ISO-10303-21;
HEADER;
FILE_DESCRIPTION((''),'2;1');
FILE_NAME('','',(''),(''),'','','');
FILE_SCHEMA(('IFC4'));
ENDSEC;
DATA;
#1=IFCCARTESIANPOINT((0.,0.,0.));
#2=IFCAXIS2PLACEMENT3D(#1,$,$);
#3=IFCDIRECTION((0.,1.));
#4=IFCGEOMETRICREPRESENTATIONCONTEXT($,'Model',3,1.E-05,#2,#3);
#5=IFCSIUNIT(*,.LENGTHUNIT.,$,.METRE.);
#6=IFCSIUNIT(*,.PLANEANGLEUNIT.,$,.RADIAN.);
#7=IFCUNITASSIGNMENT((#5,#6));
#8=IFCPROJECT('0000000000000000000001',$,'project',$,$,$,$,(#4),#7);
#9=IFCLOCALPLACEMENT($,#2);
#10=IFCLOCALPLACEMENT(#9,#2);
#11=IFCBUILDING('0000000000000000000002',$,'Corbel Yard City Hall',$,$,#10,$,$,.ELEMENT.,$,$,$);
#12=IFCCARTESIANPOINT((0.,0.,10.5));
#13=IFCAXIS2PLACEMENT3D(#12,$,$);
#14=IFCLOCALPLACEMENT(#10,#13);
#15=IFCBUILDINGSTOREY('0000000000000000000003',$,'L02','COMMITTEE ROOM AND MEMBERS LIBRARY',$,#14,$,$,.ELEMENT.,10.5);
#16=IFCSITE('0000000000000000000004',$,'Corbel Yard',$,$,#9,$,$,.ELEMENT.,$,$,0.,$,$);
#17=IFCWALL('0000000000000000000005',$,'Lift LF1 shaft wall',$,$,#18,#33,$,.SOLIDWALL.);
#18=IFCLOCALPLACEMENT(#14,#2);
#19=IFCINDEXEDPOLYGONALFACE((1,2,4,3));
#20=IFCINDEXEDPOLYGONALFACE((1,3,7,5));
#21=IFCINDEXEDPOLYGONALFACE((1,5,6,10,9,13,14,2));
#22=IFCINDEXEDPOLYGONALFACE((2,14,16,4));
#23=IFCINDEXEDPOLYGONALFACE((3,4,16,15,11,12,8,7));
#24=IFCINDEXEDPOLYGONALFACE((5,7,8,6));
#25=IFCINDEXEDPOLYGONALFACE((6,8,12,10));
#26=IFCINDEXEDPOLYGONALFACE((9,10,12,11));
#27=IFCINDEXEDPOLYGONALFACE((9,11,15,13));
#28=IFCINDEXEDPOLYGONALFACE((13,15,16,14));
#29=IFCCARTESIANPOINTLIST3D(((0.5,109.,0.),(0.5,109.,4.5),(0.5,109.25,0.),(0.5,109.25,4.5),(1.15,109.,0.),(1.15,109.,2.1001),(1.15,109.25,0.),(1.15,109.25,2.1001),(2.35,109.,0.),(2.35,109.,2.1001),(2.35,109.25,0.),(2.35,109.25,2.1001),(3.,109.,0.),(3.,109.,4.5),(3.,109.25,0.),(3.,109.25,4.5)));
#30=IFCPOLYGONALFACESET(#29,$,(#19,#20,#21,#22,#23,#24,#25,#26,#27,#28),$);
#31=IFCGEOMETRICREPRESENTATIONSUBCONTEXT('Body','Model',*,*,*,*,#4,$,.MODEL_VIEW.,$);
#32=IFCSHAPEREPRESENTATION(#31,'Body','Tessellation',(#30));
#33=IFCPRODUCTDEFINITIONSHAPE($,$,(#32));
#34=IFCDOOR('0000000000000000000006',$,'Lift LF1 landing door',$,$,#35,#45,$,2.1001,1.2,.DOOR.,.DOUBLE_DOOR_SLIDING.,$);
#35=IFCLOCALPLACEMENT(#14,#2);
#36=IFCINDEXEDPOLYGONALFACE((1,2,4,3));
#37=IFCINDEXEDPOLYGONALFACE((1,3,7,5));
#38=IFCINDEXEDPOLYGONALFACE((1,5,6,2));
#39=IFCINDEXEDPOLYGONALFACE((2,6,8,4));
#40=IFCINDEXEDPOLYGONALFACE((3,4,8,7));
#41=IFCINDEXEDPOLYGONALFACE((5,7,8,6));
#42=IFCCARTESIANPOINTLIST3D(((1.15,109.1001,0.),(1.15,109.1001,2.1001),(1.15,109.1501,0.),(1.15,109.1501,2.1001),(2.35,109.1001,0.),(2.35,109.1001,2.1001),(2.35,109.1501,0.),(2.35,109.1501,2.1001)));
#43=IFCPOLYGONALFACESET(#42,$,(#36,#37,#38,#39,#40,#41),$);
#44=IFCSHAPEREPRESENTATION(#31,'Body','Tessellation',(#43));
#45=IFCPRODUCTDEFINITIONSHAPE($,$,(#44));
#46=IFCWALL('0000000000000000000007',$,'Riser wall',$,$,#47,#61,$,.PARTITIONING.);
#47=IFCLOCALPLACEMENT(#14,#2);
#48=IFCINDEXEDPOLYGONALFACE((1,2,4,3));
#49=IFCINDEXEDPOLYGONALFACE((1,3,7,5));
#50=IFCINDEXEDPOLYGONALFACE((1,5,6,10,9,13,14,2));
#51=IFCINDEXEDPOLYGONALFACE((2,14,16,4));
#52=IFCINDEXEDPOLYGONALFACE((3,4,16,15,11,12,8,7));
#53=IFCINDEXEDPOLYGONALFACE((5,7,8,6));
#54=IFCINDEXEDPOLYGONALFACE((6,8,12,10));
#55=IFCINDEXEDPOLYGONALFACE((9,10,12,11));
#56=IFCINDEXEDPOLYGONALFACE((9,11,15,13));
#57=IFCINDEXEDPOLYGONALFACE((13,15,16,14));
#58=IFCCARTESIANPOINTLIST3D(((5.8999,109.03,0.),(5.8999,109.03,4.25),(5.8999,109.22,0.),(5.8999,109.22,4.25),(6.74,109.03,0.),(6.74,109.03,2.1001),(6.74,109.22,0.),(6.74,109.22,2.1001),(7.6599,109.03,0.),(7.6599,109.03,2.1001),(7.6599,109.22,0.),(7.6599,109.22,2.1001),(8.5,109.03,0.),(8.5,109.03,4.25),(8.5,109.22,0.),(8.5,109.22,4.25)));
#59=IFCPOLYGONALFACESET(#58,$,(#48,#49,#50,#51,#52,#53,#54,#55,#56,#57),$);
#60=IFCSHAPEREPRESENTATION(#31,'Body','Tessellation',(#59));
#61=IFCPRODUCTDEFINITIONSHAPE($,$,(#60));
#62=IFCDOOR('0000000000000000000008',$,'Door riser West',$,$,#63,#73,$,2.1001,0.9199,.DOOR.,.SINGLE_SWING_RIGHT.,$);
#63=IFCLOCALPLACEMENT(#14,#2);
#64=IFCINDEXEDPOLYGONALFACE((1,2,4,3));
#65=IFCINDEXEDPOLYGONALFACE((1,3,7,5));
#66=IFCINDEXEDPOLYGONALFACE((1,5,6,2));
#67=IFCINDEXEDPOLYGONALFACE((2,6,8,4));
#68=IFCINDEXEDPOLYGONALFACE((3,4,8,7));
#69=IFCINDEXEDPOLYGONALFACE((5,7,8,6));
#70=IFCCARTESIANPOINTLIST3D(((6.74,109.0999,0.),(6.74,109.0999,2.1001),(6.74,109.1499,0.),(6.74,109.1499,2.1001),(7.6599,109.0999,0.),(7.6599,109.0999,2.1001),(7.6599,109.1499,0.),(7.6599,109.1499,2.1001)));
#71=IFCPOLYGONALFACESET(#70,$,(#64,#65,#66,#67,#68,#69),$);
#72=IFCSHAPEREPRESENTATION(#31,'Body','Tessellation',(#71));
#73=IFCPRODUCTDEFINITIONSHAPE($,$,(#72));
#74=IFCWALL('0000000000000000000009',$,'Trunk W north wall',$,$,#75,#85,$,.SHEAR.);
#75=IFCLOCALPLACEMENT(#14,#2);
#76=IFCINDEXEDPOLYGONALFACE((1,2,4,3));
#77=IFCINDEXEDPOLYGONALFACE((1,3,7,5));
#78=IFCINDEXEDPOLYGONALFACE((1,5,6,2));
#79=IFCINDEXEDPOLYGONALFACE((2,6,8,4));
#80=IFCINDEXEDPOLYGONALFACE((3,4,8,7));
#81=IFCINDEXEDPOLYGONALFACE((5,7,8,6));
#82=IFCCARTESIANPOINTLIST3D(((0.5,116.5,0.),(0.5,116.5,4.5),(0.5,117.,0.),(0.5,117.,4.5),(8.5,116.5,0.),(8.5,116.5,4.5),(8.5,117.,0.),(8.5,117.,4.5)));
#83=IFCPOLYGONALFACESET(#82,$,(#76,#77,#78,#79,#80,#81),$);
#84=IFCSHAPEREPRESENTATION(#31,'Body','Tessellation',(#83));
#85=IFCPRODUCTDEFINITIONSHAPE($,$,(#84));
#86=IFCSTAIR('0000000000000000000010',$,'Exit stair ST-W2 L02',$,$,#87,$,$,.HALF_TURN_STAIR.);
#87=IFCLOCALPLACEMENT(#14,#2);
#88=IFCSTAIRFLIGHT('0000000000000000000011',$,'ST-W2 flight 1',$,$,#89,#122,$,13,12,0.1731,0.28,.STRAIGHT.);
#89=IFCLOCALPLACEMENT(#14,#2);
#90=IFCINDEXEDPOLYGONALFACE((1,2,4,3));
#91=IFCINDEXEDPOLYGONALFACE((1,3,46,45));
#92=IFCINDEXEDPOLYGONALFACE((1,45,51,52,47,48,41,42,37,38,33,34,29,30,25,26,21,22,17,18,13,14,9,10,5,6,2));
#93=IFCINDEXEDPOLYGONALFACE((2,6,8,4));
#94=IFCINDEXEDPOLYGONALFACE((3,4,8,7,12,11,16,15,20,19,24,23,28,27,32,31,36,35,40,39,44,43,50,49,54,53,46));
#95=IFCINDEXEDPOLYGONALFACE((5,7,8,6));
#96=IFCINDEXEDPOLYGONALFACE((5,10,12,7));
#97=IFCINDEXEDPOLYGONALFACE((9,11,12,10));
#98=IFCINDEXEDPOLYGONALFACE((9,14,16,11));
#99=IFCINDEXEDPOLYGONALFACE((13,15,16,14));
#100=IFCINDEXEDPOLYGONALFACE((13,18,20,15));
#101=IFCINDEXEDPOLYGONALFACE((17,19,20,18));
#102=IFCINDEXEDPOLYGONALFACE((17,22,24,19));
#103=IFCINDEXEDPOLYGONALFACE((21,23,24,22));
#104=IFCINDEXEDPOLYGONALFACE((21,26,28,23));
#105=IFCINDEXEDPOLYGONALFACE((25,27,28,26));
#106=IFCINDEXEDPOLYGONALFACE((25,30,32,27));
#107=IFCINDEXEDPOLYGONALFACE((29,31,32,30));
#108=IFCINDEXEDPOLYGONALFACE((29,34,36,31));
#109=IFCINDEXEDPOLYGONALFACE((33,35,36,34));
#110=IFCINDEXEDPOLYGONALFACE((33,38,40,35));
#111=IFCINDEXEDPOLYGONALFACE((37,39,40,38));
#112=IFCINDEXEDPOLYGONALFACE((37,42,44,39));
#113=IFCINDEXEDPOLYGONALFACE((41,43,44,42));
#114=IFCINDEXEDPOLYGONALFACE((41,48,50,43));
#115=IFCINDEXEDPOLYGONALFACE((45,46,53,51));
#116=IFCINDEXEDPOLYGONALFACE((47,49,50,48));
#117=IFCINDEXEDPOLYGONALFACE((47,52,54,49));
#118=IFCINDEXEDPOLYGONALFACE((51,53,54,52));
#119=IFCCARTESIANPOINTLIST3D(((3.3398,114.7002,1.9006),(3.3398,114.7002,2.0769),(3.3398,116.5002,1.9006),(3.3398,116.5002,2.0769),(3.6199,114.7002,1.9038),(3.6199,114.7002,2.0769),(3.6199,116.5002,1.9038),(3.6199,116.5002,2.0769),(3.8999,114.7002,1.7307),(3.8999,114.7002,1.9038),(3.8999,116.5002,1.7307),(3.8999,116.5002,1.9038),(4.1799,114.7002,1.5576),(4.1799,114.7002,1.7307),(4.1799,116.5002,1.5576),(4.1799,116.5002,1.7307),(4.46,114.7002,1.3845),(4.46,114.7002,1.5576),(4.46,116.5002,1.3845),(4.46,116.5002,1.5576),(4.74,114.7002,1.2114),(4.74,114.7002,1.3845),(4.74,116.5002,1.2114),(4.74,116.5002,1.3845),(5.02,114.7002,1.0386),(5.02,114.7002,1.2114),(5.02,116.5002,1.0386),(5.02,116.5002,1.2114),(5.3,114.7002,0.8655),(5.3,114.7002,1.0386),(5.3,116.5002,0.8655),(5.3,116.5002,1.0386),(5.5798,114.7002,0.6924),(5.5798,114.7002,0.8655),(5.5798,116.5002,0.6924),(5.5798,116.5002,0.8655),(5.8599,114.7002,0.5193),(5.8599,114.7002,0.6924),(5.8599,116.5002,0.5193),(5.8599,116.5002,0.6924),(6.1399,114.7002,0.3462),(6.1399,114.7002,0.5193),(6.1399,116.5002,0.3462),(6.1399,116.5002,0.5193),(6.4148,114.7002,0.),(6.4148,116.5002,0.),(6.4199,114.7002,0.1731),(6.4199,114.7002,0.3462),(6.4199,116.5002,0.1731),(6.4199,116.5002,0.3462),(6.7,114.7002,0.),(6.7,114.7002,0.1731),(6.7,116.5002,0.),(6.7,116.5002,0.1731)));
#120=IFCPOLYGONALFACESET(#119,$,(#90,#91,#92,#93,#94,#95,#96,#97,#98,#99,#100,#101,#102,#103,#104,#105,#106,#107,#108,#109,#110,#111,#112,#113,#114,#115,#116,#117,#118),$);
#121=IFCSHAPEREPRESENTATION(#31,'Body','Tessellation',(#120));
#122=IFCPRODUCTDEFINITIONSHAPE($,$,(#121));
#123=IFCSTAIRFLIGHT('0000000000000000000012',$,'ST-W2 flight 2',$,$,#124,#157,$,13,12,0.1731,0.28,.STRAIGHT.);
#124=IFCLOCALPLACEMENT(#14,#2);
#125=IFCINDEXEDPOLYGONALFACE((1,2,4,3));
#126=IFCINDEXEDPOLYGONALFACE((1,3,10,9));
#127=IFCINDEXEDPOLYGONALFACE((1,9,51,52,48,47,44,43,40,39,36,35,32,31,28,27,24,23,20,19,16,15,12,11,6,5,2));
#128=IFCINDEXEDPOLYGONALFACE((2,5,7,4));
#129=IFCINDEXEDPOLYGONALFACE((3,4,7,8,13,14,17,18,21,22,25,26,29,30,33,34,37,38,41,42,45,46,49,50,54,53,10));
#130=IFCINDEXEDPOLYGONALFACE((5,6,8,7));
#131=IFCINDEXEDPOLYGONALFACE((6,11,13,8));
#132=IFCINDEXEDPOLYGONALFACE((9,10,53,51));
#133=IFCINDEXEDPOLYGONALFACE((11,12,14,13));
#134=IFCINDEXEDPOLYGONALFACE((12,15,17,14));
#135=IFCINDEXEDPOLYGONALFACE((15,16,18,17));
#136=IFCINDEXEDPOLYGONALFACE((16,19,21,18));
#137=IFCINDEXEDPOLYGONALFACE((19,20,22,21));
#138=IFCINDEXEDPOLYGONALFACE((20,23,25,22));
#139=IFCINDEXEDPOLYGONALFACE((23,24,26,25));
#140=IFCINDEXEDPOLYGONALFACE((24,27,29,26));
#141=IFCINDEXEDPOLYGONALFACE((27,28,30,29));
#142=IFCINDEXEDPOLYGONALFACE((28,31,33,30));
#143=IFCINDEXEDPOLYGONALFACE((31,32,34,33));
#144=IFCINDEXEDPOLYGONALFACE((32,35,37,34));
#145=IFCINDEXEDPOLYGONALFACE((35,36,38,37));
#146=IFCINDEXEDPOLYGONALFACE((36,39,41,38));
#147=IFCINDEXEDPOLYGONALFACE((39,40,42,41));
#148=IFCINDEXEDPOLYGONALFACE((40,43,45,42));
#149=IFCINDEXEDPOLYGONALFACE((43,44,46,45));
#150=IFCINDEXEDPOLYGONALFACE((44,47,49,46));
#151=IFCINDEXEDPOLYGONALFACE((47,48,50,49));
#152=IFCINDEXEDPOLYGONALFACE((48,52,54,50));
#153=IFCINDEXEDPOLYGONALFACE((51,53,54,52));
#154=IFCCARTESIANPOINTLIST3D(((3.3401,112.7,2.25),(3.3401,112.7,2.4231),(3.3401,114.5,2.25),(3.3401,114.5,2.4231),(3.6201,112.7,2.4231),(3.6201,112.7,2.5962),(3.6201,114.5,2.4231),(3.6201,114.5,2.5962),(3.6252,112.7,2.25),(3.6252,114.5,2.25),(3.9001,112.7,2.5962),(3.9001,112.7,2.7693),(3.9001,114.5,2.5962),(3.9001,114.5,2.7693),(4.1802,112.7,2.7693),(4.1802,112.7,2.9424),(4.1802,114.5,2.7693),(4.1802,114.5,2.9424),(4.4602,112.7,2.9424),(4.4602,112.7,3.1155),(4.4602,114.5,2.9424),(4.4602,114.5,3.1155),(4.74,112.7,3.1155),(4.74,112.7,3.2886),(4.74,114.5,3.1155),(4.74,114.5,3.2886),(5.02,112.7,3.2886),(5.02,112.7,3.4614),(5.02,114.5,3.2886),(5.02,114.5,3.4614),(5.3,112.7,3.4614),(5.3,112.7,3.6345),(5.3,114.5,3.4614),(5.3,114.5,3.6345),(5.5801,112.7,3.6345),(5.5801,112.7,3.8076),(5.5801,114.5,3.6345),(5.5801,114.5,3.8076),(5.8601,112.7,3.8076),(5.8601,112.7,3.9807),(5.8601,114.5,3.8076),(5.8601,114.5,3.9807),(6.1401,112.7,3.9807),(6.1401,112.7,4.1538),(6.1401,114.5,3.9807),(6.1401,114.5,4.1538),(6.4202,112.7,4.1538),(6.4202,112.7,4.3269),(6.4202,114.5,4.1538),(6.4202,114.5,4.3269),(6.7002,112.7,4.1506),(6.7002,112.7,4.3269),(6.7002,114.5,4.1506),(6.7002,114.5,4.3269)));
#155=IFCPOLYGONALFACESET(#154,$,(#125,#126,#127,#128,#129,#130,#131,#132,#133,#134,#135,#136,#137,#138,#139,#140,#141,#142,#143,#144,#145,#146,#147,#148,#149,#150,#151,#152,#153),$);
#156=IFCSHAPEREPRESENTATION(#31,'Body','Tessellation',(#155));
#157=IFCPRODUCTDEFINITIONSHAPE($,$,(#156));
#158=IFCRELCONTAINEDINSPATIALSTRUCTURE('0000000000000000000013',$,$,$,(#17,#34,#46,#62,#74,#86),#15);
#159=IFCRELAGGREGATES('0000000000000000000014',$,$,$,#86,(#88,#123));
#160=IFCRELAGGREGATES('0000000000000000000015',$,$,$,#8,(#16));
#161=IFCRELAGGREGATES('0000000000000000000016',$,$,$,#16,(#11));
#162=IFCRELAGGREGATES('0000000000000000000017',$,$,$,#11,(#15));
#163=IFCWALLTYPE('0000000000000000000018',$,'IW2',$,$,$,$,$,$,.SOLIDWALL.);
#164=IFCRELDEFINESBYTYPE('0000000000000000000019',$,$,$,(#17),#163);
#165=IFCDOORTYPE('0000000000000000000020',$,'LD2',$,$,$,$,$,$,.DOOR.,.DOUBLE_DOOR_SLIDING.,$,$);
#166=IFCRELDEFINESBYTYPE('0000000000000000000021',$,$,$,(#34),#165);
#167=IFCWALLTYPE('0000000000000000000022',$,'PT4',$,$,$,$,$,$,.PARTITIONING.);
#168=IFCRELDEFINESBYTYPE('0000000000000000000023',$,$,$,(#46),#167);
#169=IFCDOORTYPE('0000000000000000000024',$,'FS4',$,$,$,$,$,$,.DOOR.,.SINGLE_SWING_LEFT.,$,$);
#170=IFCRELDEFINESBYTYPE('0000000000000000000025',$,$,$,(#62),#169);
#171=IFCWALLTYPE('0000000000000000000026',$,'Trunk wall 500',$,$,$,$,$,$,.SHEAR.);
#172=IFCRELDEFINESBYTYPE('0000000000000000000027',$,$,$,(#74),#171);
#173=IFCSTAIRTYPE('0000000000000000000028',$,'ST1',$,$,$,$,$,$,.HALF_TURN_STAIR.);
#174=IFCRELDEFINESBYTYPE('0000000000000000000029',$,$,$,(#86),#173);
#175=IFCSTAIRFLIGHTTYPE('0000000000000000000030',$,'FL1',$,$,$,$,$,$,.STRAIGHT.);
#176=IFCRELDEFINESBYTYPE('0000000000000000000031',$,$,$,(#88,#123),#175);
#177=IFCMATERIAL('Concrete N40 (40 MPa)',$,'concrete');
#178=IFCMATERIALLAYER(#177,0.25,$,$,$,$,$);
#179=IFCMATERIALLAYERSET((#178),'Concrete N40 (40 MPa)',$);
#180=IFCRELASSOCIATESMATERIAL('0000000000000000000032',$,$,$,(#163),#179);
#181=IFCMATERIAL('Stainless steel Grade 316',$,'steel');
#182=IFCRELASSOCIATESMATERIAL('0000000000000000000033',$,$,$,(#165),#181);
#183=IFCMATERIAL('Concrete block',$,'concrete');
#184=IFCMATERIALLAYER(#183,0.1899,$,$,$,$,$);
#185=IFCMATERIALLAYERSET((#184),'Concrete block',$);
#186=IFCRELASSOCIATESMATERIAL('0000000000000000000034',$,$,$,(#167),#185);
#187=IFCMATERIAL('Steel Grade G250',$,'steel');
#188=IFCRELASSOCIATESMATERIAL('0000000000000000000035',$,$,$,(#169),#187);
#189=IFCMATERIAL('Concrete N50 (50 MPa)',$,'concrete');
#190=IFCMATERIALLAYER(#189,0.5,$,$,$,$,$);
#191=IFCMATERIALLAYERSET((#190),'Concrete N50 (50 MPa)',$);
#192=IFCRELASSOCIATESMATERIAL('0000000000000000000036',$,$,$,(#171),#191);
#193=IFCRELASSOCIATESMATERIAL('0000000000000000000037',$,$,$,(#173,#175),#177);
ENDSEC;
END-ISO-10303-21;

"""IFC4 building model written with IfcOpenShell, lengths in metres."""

from ifc_helpers import new_model, si_unit, direction, frame, frame_2d, origin, place, context, subcontext, project, spatial, polyline, rectangle, outline, extrude, material, layer, layer_set, type_object, element, fill, aggregate, save


model = new_model("IFC4")

# Units and contexts
model_context = context("Model", 3, precision=1e-05, world=origin(), true_north=direction((0.0, 1.0)))
body_context = subcontext(model_context, "Body", "Model", "MODEL_VIEW")
ifc_project = project(units=[si_unit("LENGTHUNIT", "METRE"), si_unit("PLANEANGLEUNIT", "RADIAN")], contexts=[model_context])

# Site, building, storey
site_placement = place(None, origin())
site = spatial("IfcSite", under=ifc_project, at=site_placement, Name="Corbel Yard", CompositionType="ELEMENT", RefElevation=0.0)
building_placement = place(site_placement, origin())
building = spatial("IfcBuilding", under=site, at=building_placement, Name="Corbel Yard City Hall", CompositionType="ELEMENT")
storey_placement = place(building_placement, frame((0.0, 0.0, 10.5)))
storey = spatial("IfcBuildingStorey", under=building, at=storey_placement, Name="L02", Description="COMMITTEE ROOM AND MEMBERS LIBRARY", CompositionType="ELEMENT", Elevation=10.5)

# Shared definitions
ifc_material_1 = material(Name="Concrete N40 (40 MPa)", Category="concrete")
ifc_layer_1 = layer(ifc_material_1, 0.25)
ifc_layer_set_1 = layer_set([ifc_layer_1], Name="Concrete N40 (40 MPa)")
wall_type_1 = type_object("IfcWallType", Name="IW2", PredefinedType="SOLIDWALL", material=ifc_layer_set_1)

# Walls, openings, doors
ifc_material_2 = material(Name="Stainless steel Grade 316", Category="steel")
wall_1_placement = place(storey_placement, frame((3.0, 109.125, 0.0), z_axis=(0.0, 0.0, 1.0), x_axis=(-1.0, 0.0, 0.0)))
wall_1 = element("IfcWall", 1, at=wall_1_placement, inside=storey, type_object=wall_type_1, Name="Lift LF1 shaft wall", PredefinedType="SOLIDWALL", context=body_context, shape_type="SweptSolid", body=[
    extrude(rectangle(XDim=2.5, YDim=0.25, at=frame_2d((1.25, 0.0))), origin(), (0.0, 0.0, 1.0), 4.5),
])
opening_1_placement = place(wall_1_placement, frame((0.6499, 0.0, 0.0)))
opening_1 = element("IfcOpeningElement", 2, at=opening_1_placement, cuts=wall_1, PredefinedType="OPENING", context=body_context, shape_type="SweptSolid", body=[
    extrude(rectangle(XDim=1.2, YDim=2.1001, at=frame_2d((0.6001, 1.05))), frame((0.0, 0.135, 0.0), z_axis=(0.0, -1.0, 0.0), x_axis=(1.0, 0.0, 0.0)), (0.0, 0.0, 1.0), 0.27),
])
door_type_1 = type_object("IfcDoorType", Name="LD2", OperationType="DOUBLE_DOOR_SLIDING", PredefinedType="DOOR", material=ifc_material_2)
door_1_placement = place(opening_1_placement, origin())
door_1 = element("IfcDoor", 3, at=door_1_placement, inside=storey, type_object=door_type_1, Name="Lift LF1 landing door", OperationType="DOUBLE_DOOR_SLIDING", OverallHeight=2.1001, OverallWidth=1.2, PredefinedType="DOOR", context=body_context, shape_type="SweptSolid", body=[
    extrude(rectangle(XDim=1.2, YDim=2.1001, at=frame_2d((0.6001, 1.05))), frame((0.0, 0.0249, 0.0), z_axis=(0.0, -1.0, 0.0), x_axis=(1.0, 0.0, 0.0)), (0.0, 0.0, 1.0), 0.05),
])
fill(opening_1, door_1)
ifc_material_3 = material(Name="Concrete block", Category="concrete")
ifc_layer_2 = layer(ifc_material_3, 0.1899)
ifc_layer_set_2 = layer_set([ifc_layer_2], Name="Concrete block")
wall_type_2 = type_object("IfcWallType", Name="PT4", PredefinedType="PARTITIONING", material=ifc_layer_set_2)
wall_2_placement = place(storey_placement, frame((8.5, 109.125, 0.0), z_axis=(0.0, 0.0, 1.0), x_axis=(-1.0, 0.0, 0.0)))
wall_2 = element("IfcWall", 4, at=wall_2_placement, inside=storey, type_object=wall_type_2, Name="Riser wall", PredefinedType="PARTITIONING", context=body_context, shape_type="SweptSolid", body=[
    extrude(rectangle(XDim=2.6001, YDim=0.1899, at=frame_2d((1.3, 0.0))), origin(), (0.0, 0.0, 1.0), 4.25),
])
opening_2_placement = place(wall_2_placement, frame((0.8401, 0.0, 0.0)))
opening_2 = element("IfcOpeningElement", 5, at=opening_2_placement, cuts=wall_2, PredefinedType="OPENING", context=body_context, shape_type="SweptSolid", body=[
    extrude(rectangle(XDim=0.9199, YDim=2.1001, at=frame_2d((0.46, 1.05))), frame((0.0, 0.105, 0.0), z_axis=(0.0, -1.0, 0.0), x_axis=(1.0, 0.0, 0.0)), (0.0, 0.0, 1.0), 0.21),
])
ifc_material_4 = material(Name="Steel Grade G250", Category="steel")
door_type_2 = type_object("IfcDoorType", Name="FS4", OperationType="SINGLE_SWING_LEFT", PredefinedType="DOOR", material=ifc_material_4)
door_2_placement = place(opening_2_placement, frame((0.9199, 0.0, 0.0), z_axis=(0.0, 0.0, 1.0), x_axis=(-1.0, 0.0, 0.0)))
door_2 = element("IfcDoor", 6, at=door_2_placement, inside=storey, type_object=door_type_2, Name="Door riser West", OperationType="SINGLE_SWING_RIGHT", OverallHeight=2.1001, OverallWidth=0.9199, PredefinedType="DOOR", context=body_context, shape_type="SweptSolid", body=[
    extrude(rectangle(XDim=0.9199, YDim=2.1001, at=frame_2d((0.46, 1.05))), frame((0.0, 0.0249, 0.0), z_axis=(0.0, -1.0, 0.0), x_axis=(1.0, 0.0, 0.0)), (0.0, 0.0, 1.0), 0.05),
])
fill(opening_2, door_2)

# Wall
ifc_material_5 = material(Name="Concrete N50 (50 MPa)", Category="concrete")
ifc_layer_3 = layer(ifc_material_5, 0.5)
ifc_layer_set_3 = layer_set([ifc_layer_3], Name="Concrete N50 (50 MPa)")
wall_type_3 = type_object("IfcWallType", Name="Trunk wall 500", PredefinedType="SHEAR", material=ifc_layer_set_3)
wall_3_placement = place(storey_placement, frame((0.5, 116.75, 0.0), z_axis=(0.0, 0.0, 1.0), x_axis=(1.0, 0.0, 0.0)))
element("IfcWall", 7, at=wall_3_placement, inside=storey, type_object=wall_type_3, Name="Trunk W north wall", PredefinedType="SHEAR", context=body_context, shape_type="SweptSolid", body=[
    extrude(rectangle(XDim=8.0, YDim=0.5, at=frame_2d((4.0, 0.0))), origin(), (0.0, 0.0, 1.0), 4.5),
])

# Stair, stair flights
stair_type = type_object("IfcStairType", Name="ST1", PredefinedType="HALF_TURN_STAIR", material=ifc_material_1)
stair_placement = place(storey_placement, origin())
stair = element("IfcStair", 8, at=stair_placement, inside=storey, type_object=stair_type, Name="Exit stair ST-W2 L02", PredefinedType="HALF_TURN_STAIR")
stair_flight_type = type_object("IfcStairFlightType", Name="FL1", PredefinedType="STRAIGHT", material=ifc_material_1)
stair_flight_1_placement = place(storey_placement, frame((6.7, 115.6001, 0.0), z_axis=(0.0, 0.0, 1.0), x_axis=(-1.0, 0.0, 0.0)))
stair_flight_1 = element("IfcStairFlight", 9, at=stair_flight_1_placement, type_object=stair_flight_type, Name="ST-W2 flight 1", NumberOfRisers=13, NumberOfTreads=12, PredefinedType="STRAIGHT", RiserHeight=0.1731, TreadLength=0.28, context=body_context, shape_type="SweptSolid", body=[
    extrude(outline(polyline([(0.0, 0.0), (0.0, 0.1731), (0.28, 0.1731), (0.28, 0.3462), (0.5601, 0.3462), (0.5601, 0.5193), (0.8401, 0.5193), (0.8401, 0.6924), (1.1201, 0.6924), (1.1201, 0.8655), (1.3999, 0.8655), (1.3999, 1.0386), (1.6799, 1.0386), (1.6799, 1.2114), (1.96, 1.2114), (1.96, 1.3845), (2.24, 1.3845), (2.24, 1.5576), (2.52, 1.5576), (2.52, 1.7307), (2.8, 1.7307), (2.8, 1.9038), (3.0801, 1.9038), (3.0801, 2.0769), (3.3601, 2.0769), (3.3601, 2.25), (3.3601, 1.9006), (0.2852, 0.0), (0.0, 0.0)])), frame((0.0, 0.8999, 0.0), z_axis=(0.0, -1.0, 0.0), x_axis=(1.0, 0.0, 0.0)), (0.0, 0.0, 1.0), 1.8),
])
stair_flight_2_placement = place(storey_placement, frame((3.3401, 113.6001, 2.25), z_axis=(0.0, 0.0, 1.0), x_axis=(1.0, 0.0, 0.0)))
stair_flight_2 = element("IfcStairFlight", 10, at=stair_flight_2_placement, type_object=stair_flight_type, Name="ST-W2 flight 2", NumberOfRisers=13, NumberOfTreads=12, PredefinedType="STRAIGHT", RiserHeight=0.1731, TreadLength=0.28, context=body_context, shape_type="SweptSolid", body=[
    extrude(outline(polyline([(0.0, 0.0), (0.0, 0.1731), (0.28, 0.1731), (0.28, 0.3462), (0.5601, 0.3462), (0.5601, 0.5193), (0.8401, 0.5193), (0.8401, 0.6924), (1.1201, 0.6924), (1.1201, 0.8655), (1.3999, 0.8655), (1.3999, 1.0386), (1.6799, 1.0386), (1.6799, 1.2114), (1.96, 1.2114), (1.96, 1.3845), (2.24, 1.3845), (2.24, 1.5576), (2.52, 1.5576), (2.52, 1.7307), (2.8, 1.7307), (2.8, 1.9038), (3.0801, 1.9038), (3.0801, 2.0769), (3.3601, 2.0769), (3.3601, 2.25), (3.3601, 1.9006), (0.2852, 0.0), (0.0, 0.0)])), frame((0.0, 0.8999, 0.0), z_axis=(0.0, -1.0, 0.0), x_axis=(1.0, 0.0, 0.0)), (0.0, 0.0, 1.0), 1.8),
])
aggregate(stair, [stair_flight_1, stair_flight_2])

save(model, "model.ifc")
